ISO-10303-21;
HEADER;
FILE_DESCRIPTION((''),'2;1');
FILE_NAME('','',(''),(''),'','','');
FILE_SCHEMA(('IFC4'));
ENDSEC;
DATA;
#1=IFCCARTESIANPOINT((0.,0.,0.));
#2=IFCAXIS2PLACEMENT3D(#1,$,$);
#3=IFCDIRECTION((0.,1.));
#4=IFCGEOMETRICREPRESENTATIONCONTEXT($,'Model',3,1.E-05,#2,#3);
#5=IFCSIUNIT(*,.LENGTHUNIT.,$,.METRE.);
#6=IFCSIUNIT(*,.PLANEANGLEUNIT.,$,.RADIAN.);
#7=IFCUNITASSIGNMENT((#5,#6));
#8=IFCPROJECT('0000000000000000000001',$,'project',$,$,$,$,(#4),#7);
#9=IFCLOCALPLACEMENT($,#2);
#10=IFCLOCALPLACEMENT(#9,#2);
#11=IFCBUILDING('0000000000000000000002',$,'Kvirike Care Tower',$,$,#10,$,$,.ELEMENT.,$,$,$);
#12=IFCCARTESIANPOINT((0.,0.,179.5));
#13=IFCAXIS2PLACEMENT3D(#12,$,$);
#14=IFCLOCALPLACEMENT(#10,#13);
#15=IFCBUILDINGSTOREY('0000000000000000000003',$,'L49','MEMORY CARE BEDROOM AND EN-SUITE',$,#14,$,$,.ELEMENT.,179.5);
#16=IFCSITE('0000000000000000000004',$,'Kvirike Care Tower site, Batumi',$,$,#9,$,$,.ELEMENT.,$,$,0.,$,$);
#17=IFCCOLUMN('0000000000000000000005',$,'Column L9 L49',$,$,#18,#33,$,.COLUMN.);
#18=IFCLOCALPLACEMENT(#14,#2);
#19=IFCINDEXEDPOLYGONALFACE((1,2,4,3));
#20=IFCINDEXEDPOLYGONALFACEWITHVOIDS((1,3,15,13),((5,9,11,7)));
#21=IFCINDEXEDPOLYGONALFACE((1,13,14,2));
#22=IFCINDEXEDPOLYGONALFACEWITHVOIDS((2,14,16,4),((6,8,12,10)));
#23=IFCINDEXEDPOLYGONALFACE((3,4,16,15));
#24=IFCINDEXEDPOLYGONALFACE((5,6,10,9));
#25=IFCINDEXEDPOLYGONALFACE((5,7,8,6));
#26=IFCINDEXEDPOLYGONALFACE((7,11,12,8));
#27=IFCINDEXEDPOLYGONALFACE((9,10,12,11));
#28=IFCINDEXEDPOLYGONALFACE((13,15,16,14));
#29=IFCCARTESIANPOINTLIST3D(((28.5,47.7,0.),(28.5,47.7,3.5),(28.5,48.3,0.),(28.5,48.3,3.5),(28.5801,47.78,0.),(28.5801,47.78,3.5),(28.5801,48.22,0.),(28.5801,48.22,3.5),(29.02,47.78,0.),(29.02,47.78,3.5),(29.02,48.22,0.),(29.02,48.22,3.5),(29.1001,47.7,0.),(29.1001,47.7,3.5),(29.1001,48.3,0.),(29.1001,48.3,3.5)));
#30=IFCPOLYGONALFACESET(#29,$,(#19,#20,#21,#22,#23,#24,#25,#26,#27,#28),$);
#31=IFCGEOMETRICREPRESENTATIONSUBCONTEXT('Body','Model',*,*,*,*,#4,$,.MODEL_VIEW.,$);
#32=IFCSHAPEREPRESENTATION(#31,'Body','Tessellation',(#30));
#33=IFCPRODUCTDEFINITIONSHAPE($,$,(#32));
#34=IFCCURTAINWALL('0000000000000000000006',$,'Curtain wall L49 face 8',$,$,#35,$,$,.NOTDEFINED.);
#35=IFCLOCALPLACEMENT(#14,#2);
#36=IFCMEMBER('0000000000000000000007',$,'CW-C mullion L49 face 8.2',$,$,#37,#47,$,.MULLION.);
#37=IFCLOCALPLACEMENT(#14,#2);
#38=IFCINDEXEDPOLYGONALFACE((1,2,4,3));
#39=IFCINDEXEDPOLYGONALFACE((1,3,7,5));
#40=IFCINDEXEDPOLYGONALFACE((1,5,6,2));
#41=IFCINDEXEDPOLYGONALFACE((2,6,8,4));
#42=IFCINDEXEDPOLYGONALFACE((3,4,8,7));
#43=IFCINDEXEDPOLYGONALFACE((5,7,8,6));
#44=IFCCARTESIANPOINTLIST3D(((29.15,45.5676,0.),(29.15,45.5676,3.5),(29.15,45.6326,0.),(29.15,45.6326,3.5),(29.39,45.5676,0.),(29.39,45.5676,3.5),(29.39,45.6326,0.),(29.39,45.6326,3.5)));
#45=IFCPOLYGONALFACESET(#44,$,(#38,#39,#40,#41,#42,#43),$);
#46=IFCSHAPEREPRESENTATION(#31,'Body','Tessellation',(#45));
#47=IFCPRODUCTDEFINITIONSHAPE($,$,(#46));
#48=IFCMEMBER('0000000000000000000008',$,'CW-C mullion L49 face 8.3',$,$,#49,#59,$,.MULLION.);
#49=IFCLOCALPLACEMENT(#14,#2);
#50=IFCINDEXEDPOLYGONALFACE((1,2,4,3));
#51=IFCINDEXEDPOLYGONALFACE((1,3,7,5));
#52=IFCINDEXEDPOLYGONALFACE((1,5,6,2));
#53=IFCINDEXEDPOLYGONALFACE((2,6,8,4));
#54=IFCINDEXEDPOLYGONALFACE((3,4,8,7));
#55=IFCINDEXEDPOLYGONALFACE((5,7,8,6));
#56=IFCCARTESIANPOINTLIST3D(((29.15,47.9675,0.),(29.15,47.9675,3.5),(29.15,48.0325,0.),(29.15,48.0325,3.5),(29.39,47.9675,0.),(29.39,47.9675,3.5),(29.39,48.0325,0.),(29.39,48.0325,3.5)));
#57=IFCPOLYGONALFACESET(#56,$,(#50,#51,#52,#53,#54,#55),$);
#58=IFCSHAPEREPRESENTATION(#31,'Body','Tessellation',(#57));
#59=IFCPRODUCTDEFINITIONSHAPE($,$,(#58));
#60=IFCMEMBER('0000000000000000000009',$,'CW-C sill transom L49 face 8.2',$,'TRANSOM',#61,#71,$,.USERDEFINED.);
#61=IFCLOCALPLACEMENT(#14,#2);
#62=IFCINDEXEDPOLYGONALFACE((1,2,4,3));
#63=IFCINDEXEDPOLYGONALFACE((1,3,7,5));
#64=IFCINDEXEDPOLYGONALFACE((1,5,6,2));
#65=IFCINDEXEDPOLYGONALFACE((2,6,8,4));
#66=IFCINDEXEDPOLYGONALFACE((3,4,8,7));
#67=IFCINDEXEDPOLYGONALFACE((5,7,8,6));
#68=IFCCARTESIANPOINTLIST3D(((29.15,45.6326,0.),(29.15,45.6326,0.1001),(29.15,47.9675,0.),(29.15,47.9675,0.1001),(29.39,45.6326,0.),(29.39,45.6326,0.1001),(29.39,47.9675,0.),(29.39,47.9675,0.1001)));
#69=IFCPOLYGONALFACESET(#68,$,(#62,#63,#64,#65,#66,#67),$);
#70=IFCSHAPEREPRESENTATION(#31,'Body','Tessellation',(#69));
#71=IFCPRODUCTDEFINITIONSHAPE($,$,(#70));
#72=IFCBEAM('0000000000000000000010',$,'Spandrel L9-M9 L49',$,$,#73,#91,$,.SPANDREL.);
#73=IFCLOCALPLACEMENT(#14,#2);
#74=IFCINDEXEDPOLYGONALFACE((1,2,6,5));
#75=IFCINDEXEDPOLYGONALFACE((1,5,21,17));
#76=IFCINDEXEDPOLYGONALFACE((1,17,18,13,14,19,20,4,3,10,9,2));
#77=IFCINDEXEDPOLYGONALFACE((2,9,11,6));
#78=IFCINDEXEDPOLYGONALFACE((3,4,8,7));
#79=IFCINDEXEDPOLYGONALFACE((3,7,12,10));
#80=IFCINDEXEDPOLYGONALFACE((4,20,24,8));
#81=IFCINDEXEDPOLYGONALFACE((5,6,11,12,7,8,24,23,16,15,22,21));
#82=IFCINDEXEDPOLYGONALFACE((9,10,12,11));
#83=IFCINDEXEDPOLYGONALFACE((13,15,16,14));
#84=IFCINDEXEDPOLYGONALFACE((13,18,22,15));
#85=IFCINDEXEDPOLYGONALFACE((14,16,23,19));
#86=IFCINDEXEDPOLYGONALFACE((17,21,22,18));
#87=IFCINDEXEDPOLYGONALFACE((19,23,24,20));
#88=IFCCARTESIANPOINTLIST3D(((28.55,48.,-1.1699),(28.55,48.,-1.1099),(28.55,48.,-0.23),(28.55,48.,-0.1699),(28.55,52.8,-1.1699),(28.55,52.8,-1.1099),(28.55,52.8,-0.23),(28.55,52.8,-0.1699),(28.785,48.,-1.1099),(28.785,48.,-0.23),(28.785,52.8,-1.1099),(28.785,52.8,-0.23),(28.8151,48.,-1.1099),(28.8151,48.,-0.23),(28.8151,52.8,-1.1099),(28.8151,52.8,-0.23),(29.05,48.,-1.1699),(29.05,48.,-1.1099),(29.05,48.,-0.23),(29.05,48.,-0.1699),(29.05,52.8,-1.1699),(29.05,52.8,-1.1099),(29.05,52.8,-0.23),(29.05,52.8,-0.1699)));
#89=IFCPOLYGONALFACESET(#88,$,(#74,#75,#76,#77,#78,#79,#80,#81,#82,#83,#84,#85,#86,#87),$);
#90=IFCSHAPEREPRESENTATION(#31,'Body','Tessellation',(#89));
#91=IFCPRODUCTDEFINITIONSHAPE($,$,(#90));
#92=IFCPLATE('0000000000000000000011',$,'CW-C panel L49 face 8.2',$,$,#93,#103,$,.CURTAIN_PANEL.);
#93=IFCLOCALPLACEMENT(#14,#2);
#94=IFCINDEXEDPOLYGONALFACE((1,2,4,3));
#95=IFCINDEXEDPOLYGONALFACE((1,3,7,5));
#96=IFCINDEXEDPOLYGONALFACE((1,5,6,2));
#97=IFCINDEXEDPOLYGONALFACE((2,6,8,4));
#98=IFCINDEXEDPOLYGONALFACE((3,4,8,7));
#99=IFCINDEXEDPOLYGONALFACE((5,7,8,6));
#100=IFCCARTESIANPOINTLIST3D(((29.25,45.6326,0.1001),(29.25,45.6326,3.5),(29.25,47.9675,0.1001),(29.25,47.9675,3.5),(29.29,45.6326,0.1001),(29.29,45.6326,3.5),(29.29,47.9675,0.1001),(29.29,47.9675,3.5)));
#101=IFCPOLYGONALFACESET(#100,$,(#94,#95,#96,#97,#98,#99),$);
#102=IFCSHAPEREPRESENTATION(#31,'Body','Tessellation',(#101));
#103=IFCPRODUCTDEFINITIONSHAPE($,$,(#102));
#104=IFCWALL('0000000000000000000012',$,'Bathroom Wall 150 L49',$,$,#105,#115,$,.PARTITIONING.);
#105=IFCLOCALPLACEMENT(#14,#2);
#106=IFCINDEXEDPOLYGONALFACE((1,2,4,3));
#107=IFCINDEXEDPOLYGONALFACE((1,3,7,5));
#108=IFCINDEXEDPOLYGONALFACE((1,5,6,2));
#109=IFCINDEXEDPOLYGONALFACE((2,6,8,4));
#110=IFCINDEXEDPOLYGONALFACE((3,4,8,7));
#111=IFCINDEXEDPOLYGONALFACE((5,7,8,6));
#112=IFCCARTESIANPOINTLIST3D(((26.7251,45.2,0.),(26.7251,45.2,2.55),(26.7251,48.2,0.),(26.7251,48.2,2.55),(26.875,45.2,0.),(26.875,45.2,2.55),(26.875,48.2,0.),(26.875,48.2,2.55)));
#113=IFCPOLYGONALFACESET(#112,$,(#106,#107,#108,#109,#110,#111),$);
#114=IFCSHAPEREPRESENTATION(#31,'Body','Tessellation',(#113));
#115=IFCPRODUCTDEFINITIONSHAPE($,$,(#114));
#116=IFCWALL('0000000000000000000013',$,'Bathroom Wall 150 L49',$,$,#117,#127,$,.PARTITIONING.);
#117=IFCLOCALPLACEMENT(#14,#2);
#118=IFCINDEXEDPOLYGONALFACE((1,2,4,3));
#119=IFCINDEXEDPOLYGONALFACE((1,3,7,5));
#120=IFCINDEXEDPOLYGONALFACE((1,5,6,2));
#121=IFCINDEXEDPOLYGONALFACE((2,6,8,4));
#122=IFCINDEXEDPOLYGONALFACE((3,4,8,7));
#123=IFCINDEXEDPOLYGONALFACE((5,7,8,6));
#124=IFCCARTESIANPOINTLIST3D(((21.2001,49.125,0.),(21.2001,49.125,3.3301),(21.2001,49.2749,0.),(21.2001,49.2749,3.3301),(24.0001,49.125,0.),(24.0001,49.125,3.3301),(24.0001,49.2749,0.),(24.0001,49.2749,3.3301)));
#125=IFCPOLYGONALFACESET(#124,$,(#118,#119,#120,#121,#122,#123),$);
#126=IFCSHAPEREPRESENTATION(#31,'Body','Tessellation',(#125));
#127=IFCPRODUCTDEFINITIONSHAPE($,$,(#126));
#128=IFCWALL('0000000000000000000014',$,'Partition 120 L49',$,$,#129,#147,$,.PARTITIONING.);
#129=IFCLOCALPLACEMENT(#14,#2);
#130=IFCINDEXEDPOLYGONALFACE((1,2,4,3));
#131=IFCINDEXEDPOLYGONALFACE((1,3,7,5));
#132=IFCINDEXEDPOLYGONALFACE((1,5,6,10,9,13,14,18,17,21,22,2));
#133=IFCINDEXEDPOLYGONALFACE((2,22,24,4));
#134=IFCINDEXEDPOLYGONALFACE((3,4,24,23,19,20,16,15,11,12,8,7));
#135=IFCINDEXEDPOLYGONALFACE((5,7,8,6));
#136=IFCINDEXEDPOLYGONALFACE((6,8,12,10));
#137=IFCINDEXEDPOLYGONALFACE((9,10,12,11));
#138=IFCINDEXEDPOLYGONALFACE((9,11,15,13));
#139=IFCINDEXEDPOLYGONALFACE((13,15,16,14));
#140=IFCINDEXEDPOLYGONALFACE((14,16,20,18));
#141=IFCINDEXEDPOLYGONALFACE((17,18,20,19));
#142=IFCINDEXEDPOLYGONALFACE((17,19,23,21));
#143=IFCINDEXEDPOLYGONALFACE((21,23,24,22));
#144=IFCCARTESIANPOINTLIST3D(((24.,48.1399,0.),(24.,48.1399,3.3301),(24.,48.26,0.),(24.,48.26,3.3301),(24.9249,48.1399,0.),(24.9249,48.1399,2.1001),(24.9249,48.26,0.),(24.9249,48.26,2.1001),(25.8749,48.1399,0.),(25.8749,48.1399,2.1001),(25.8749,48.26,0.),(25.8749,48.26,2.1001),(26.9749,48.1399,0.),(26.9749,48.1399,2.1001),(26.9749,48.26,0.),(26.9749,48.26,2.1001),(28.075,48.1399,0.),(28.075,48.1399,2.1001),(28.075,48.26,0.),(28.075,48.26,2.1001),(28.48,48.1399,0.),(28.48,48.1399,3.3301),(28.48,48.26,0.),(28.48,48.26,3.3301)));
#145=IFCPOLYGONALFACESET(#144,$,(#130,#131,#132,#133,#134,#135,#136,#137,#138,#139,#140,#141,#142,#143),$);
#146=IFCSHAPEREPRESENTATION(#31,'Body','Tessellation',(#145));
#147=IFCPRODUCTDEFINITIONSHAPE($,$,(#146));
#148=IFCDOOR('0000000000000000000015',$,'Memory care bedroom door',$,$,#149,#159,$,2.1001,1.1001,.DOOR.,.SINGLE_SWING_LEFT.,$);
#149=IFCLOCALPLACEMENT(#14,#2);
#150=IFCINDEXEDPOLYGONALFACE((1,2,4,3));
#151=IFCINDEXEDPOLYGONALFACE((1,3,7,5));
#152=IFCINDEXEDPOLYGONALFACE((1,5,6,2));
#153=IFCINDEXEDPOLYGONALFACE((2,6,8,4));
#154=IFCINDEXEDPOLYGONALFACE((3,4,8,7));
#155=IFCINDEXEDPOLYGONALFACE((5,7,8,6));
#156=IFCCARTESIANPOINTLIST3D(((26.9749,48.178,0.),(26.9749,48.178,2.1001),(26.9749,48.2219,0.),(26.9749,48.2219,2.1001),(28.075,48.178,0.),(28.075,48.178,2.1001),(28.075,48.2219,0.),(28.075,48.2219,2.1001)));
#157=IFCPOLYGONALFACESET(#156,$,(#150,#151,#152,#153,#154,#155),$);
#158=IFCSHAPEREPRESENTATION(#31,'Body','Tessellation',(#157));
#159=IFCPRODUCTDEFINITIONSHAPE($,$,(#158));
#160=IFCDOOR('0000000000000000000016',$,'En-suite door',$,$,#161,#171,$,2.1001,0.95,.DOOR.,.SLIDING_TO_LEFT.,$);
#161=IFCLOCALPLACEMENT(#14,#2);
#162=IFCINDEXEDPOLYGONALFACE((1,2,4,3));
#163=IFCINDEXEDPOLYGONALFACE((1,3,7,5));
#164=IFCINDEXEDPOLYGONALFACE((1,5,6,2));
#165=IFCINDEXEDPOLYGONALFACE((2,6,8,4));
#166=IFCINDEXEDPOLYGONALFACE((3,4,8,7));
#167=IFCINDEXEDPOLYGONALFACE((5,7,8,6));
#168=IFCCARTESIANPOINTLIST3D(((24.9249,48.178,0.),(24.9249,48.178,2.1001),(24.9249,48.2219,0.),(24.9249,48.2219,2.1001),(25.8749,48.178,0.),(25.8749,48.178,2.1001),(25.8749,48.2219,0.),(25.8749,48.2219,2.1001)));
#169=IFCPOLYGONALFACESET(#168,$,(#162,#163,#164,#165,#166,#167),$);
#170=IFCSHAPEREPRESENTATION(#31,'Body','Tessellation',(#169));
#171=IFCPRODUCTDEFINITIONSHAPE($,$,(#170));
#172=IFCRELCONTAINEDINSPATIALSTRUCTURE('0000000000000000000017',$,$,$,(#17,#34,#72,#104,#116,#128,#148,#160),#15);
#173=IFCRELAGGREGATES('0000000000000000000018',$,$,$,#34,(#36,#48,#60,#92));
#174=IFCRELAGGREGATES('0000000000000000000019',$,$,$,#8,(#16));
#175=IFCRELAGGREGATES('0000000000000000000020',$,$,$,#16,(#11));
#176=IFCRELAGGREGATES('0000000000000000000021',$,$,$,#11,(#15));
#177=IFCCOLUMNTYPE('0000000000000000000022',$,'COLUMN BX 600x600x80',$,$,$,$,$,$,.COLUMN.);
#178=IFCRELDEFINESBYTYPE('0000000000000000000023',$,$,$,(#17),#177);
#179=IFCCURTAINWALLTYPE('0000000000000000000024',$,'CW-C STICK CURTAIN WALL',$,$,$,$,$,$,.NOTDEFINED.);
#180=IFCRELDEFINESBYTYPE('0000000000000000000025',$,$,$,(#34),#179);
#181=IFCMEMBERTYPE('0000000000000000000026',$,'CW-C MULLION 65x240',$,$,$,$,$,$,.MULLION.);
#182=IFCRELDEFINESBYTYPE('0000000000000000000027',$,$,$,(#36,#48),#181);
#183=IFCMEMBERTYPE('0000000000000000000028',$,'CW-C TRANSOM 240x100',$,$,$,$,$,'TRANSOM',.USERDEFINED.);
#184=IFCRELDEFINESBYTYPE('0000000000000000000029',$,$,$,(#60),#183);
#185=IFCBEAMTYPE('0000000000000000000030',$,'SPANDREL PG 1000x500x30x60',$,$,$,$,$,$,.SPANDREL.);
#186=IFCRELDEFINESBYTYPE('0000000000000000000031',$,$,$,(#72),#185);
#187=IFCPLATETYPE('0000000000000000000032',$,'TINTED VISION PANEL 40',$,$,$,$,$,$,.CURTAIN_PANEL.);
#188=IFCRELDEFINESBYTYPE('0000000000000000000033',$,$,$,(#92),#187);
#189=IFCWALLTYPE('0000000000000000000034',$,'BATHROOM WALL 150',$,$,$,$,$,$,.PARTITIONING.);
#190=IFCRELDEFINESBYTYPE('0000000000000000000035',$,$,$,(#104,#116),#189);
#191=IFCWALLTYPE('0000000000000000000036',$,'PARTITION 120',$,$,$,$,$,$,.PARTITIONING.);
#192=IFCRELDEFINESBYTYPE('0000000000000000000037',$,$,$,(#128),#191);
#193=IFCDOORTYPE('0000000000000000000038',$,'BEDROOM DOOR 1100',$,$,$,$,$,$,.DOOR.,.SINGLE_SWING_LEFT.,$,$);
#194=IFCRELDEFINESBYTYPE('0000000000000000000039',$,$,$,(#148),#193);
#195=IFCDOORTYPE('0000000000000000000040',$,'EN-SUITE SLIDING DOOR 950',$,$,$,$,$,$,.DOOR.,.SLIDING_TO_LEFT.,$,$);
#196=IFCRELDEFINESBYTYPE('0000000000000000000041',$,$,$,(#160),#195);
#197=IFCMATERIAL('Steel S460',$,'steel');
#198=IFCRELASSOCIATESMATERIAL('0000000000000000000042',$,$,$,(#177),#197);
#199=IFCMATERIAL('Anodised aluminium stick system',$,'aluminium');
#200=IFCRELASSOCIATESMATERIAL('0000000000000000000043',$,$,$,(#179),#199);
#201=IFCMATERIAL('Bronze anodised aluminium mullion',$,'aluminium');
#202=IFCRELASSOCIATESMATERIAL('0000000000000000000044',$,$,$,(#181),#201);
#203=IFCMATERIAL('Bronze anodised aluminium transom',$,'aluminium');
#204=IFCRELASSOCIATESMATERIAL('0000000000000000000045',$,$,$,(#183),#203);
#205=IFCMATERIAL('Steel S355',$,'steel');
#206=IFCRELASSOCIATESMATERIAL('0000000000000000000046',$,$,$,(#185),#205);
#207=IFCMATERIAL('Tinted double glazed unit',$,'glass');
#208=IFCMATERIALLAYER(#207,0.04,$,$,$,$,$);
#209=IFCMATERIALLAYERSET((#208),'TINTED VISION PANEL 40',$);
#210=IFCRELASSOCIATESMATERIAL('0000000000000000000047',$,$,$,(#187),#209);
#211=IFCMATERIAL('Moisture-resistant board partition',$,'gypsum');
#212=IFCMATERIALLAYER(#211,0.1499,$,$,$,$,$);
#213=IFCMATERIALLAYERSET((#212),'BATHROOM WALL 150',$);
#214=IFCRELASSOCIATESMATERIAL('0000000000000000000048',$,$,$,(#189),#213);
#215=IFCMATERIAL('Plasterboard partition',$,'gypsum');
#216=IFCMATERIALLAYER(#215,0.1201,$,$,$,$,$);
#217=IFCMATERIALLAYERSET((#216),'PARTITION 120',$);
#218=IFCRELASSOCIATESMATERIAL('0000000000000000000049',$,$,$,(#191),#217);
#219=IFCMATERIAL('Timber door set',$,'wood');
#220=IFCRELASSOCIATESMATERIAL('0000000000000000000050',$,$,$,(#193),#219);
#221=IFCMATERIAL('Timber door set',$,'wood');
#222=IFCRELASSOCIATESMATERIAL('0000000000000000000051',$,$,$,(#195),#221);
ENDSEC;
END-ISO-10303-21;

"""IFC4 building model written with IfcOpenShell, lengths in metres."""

from ifc_helpers import new_model, si_unit, direction, frame, frame_2d, origin, origin_2d, place, context, subcontext, project, spatial, rectangle, hollow_rectangle, i_section, extrude, material, layer, layer_set, material_profile, profile_set, type_object, element, fill, aggregate, save


model = new_model("IFC4")

# Units and contexts
model_context = context("Model", 3, precision=1e-05, world=origin(), true_north=direction((0.0, 1.0)))
body_context = subcontext(model_context, "Body", "Model", "MODEL_VIEW")
ifc_project = project(units=[si_unit("LENGTHUNIT", "METRE"), si_unit("PLANEANGLEUNIT", "RADIAN")], contexts=[model_context])

# Site, building, storey
site_placement = place(None, origin())
site = spatial("IfcSite", under=ifc_project, at=site_placement, Name="Kvirike Care Tower site, Batumi", CompositionType="ELEMENT", RefElevation=0.0)
building_placement = place(site_placement, origin())
building = spatial("IfcBuilding", under=site, at=building_placement, Name="Kvirike Care Tower", CompositionType="ELEMENT")
storey_placement = place(building_placement, frame((0.0, 0.0, 179.5)))
storey = spatial("IfcBuildingStorey", under=building, at=storey_placement, Name="L49", Description="MEMORY CARE BEDROOM AND EN-SUITE", CompositionType="ELEMENT", Elevation=179.5)

# Column
ifc_material_1 = material(Name="Steel S460", Category="steel")
ifc_material_profile_1 = material_profile(ifc_material_1, hollow_rectangle(XDim=0.6001, YDim=0.6001, WallThickness=0.0801, at=origin_2d()), Name="BX 600x600x80")
ifc_profile_set_1 = profile_set([ifc_material_profile_1], Name="Steel S460")
column_type = type_object("IfcColumnType", Name="COLUMN BX 600x600x80", PredefinedType="COLUMN", material=ifc_profile_set_1)
column_placement = place(storey_placement, frame((28.8, 48.0, 0.0), z_axis=(0.0, 0.0, 1.0), x_axis=(1.0, 0.0, 0.0)))
element("IfcColumn", 1, at=column_placement, inside=storey, type_object=column_type, Name="Column L9 L49", PredefinedType="COLUMN", context=body_context, shape_type="SweptSolid", body=[
    extrude(hollow_rectangle(XDim=0.6001, YDim=0.6001, WallThickness=0.0801, at=origin_2d()), origin(), (0.0, 0.0, 1.0), 3.5),
])

# Curtain wall, members
ifc_material_2 = material(Name="Anodised aluminium stick system", Category="aluminium")
curtain_wall_type = type_object("IfcCurtainWallType", Name="CW-C STICK CURTAIN WALL", PredefinedType="NOTDEFINED", material=ifc_material_2)
curtain_wall_placement = place(storey_placement, origin())
curtain_wall = element("IfcCurtainWall", 2, at=curtain_wall_placement, inside=storey, type_object=curtain_wall_type, Name="Curtain wall L49 face 8", PredefinedType="NOTDEFINED")
ifc_material_3 = material(Name="Bronze anodised aluminium mullion", Category="aluminium")
ifc_material_profile_2 = material_profile(ifc_material_3, rectangle(XDim=0.0649, YDim=0.24, at=origin_2d()), Name="CW-C MULLION 65x240")
ifc_profile_set_2 = profile_set([ifc_material_profile_2], Name="Bronze anodised aluminium mullion")
member_type_1 = type_object("IfcMemberType", Name="CW-C MULLION 65x240", PredefinedType="MULLION", material=ifc_profile_set_2)
member_1_placement = place(storey_placement, frame((29.27, 45.6001, 0.0), z_axis=(0.0, 0.0, 1.0), x_axis=(0.0, 1.0, 0.0)))
member_1 = element("IfcMember", 3, at=member_1_placement, type_object=member_type_1, Name="CW-C mullion L49 face 8.2", PredefinedType="MULLION", context=body_context, shape_type="SweptSolid", body=[
    extrude(rectangle(XDim=0.0649, YDim=0.24, at=origin_2d()), origin(), (0.0, 0.0, 1.0), 3.5),
])
member_2_placement = place(storey_placement, frame((29.27, 48.0, 0.0), z_axis=(0.0, 0.0, 1.0), x_axis=(0.0, 1.0, 0.0)))
member_2 = element("IfcMember", 4, at=member_2_placement, type_object=member_type_1, Name="CW-C mullion L49 face 8.3", PredefinedType="MULLION", context=body_context, shape_type="SweptSolid", body=[
    extrude(rectangle(XDim=0.0649, YDim=0.24, at=origin_2d()), origin(), (0.0, 0.0, 1.0), 3.5),
])
ifc_material_4 = material(Name="Bronze anodised aluminium transom", Category="aluminium")
ifc_material_profile_3 = material_profile(ifc_material_4, rectangle(XDim=0.24, YDim=0.1001, at=origin_2d()), Name="CW-C TRANSOM 240x100")
ifc_profile_set_3 = profile_set([ifc_material_profile_3], Name="Bronze anodised aluminium transom")
member_type_2 = type_object("IfcMemberType", Name="CW-C TRANSOM 240x100", ElementType="TRANSOM", PredefinedType="USERDEFINED", material=ifc_profile_set_3)
member_3_placement = place(storey_placement, frame((29.27, 45.6326, 0.05), z_axis=(0.0, 1.0, 0.0), x_axis=(-1.0, 0.0, 0.0)))
member_3 = element("IfcMember", 5, at=member_3_placement, type_object=member_type_2, Name="CW-C sill transom L49 face 8.2", ObjectType="TRANSOM", PredefinedType="USERDEFINED", context=body_context, shape_type="SweptSolid", body=[
    extrude(rectangle(XDim=0.24, YDim=0.1001, at=origin_2d()), origin(), (0.0, 0.0, 1.0), 2.335),
])

# Beam
ifc_material_5 = material(Name="Steel S355", Category="steel")
ifc_material_profile_4 = material_profile(ifc_material_5, i_section(OverallWidth=0.5, OverallDepth=1.0, WebThickness=0.03, FlangeThickness=0.0601, at=origin_2d()), Name="PG 1000x500x30x60")
ifc_profile_set_4 = profile_set([ifc_material_profile_4], Name="Steel S355")
beam_type = type_object("IfcBeamType", Name="SPANDREL PG 1000x500x30x60", PredefinedType="SPANDREL", material=ifc_profile_set_4)
beam_placement = place(storey_placement, frame((28.8, 48.0, -0.6699), z_axis=(0.0, 1.0, 0.0), x_axis=(-1.0, 0.0, 0.0)))
element("IfcBeam", 6, at=beam_placement, inside=storey, type_object=beam_type, Name="Spandrel L9-M9 L49", PredefinedType="SPANDREL", context=body_context, shape_type="SweptSolid", body=[
    extrude(i_section(OverallWidth=0.5, OverallDepth=1.0, WebThickness=0.03, FlangeThickness=0.0601, at=origin_2d()), origin(), (0.0, 0.0, 1.0), 4.8),
])

# Plate
ifc_material_6 = material(Name="Tinted double glazed unit", Category="glass")
ifc_layer_1 = layer(ifc_material_6, 0.04)
ifc_layer_set_1 = layer_set([ifc_layer_1], Name="TINTED VISION PANEL 40")
plate_type = type_object("IfcPlateType", Name="TINTED VISION PANEL 40", PredefinedType="CURTAIN_PANEL", material=ifc_layer_set_1)
plate_placement = place(storey_placement, frame((29.27, 46.8, 0.1001), z_axis=(0.0, 0.0, 1.0), x_axis=(0.0, 1.0, 0.0)))
plate = element("IfcPlate", 7, at=plate_placement, type_object=plate_type, Name="CW-C panel L49 face 8.2", PredefinedType="CURTAIN_PANEL", context=body_context, shape_type="SweptSolid", body=[
    extrude(rectangle(XDim=2.335, YDim=0.04, at=origin_2d()), origin(), (0.0, 0.0, 1.0), 3.3999),
])
aggregate(curtain_wall, [member_1, member_2, member_3, plate])

# Walls
ifc_material_7 = material(Name="Moisture-resistant board partition", Category="gypsum")
ifc_layer_2 = layer(ifc_material_7, 0.1499)
ifc_layer_set_2 = layer_set([ifc_layer_2], Name="BATHROOM WALL 150")
wall_type_1 = type_object("IfcWallType", Name="BATHROOM WALL 150", PredefinedType="PARTITIONING", material=ifc_layer_set_2)
wall_1_placement = place(storey_placement, frame((26.8, 48.2, 0.0), z_axis=(0.0, 0.0, 1.0), x_axis=(0.0, -1.0, 0.0)))
element("IfcWall", 8, at=wall_1_placement, inside=storey, type_object=wall_type_1, Name="Bathroom Wall 150 L49", PredefinedType="PARTITIONING", context=body_context, shape_type="SweptSolid", body=[
    extrude(rectangle(XDim=3.0, YDim=0.1499, at=frame_2d((1.5, 0.0))), origin(), (0.0, 0.0, 1.0), 2.55),
])
wall_2_placement = place(storey_placement, frame((24.0, 49.2, 0.0), z_axis=(0.0, 0.0, 1.0), x_axis=(-1.0, 0.0, 0.0)))
element("IfcWall", 9, at=wall_2_placement, inside=storey, type_object=wall_type_1, Name="Bathroom Wall 150 L49", PredefinedType="PARTITIONING", context=body_context, shape_type="SweptSolid", body=[
    extrude(rectangle(XDim=2.8, YDim=0.1499, at=frame_2d((1.3999, 0.0))), origin(), (0.0, 0.0, 1.0), 3.3301),
])

# Wall, openings, doors
ifc_material_8 = material(Name="Plasterboard partition", Category="gypsum")
ifc_layer_3 = layer(ifc_material_8, 0.1201)
ifc_layer_set_3 = layer_set([ifc_layer_3], Name="PARTITION 120")
wall_type_2 = type_object("IfcWallType", Name="PARTITION 120", PredefinedType="PARTITIONING", material=ifc_layer_set_3)
wall_3_placement = place(storey_placement, frame((28.48, 48.2, 0.0), z_axis=(0.0, 0.0, 1.0), x_axis=(-1.0, 0.0, 0.0)))
wall_3 = element("IfcWall", 10, at=wall_3_placement, inside=storey, type_object=wall_type_2, Name="Partition 120 L49", PredefinedType="PARTITIONING", context=body_context, shape_type="SweptSolid", body=[
    extrude(rectangle(XDim=4.48, YDim=0.1201, at=frame_2d((2.24, 0.0))), origin(), (0.0, 0.0, 1.0), 3.3301),
])
opening_1_placement = place(wall_3_placement, frame((0.405, 0.0, 0.0)))
opening_1 = element("IfcOpeningElement", 11, at=opening_1_placement, cuts=wall_3, PredefinedType="OPENING", context=body_context, shape_type="SweptSolid", body=[
    extrude(rectangle(XDim=1.1001, YDim=2.1001, at=frame_2d((0.55, 1.05))), frame((0.0, 0.0706, 0.0), z_axis=(0.0, -1.0, 0.0), x_axis=(1.0, 0.0, 0.0)), (0.0, 0.0, 1.0), 0.1411),
])
opening_2_placement = place(wall_3_placement, frame((2.605, 0.0, 0.0)))
opening_2 = element("IfcOpeningElement", 12, at=opening_2_placement, cuts=wall_3, PredefinedType="OPENING", context=body_context, shape_type="SweptSolid", body=[
    extrude(rectangle(XDim=0.95, YDim=2.1001, at=frame_2d((0.4751, 1.05))), frame((0.0, 0.0706, 0.0), z_axis=(0.0, -1.0, 0.0), x_axis=(1.0, 0.0, 0.0)), (0.0, 0.0, 1.0), 0.1411),
])
ifc_material_9 = material(Name="Timber door set", Category="wood")
door_type_1 = type_object("IfcDoorType", Name="BEDROOM DOOR 1100", OperationType="SINGLE_SWING_LEFT", PredefinedType="DOOR", material=ifc_material_9)
door_1_placement = place(opening_1_placement, origin())
door_1 = element("IfcDoor", 13, at=door_1_placement, inside=storey, type_object=door_type_1, Name="Memory care bedroom door", OperationType="SINGLE_SWING_LEFT", OverallHeight=2.1001, OverallWidth=1.1001, PredefinedType="DOOR", context=body_context, shape_type="SweptSolid", body=[
    extrude(rectangle(XDim=1.1001, YDim=2.1001, at=frame_2d((0.55, 1.05))), frame((0.0, 0.022, 0.0), z_axis=(0.0, -1.0, 0.0), x_axis=(1.0, 0.0, 0.0)), (0.0, 0.0, 1.0), 0.0439),
])
fill(opening_1, door_1)
ifc_material_10 = material(Name="Timber door set", Category="wood")
door_type_2 = type_object("IfcDoorType", Name="EN-SUITE SLIDING DOOR 950", OperationType="SLIDING_TO_LEFT", PredefinedType="DOOR", material=ifc_material_10)
door_2_placement = place(opening_2_placement, origin())
door_2 = element("IfcDoor", 14, at=door_2_placement, inside=storey, type_object=door_type_2, Name="En-suite door", OperationType="SLIDING_TO_LEFT", OverallHeight=2.1001, OverallWidth=0.95, PredefinedType="DOOR", context=body_context, shape_type="SweptSolid", body=[
    extrude(rectangle(XDim=0.95, YDim=2.1001, at=frame_2d((0.4751, 1.05))), frame((0.0, 0.022, 0.0), z_axis=(0.0, -1.0, 0.0), x_axis=(1.0, 0.0, 0.0)), (0.0, 0.0, 1.0), 0.0439),
])
fill(opening_2, door_2)

save(model, "model.ifc")
